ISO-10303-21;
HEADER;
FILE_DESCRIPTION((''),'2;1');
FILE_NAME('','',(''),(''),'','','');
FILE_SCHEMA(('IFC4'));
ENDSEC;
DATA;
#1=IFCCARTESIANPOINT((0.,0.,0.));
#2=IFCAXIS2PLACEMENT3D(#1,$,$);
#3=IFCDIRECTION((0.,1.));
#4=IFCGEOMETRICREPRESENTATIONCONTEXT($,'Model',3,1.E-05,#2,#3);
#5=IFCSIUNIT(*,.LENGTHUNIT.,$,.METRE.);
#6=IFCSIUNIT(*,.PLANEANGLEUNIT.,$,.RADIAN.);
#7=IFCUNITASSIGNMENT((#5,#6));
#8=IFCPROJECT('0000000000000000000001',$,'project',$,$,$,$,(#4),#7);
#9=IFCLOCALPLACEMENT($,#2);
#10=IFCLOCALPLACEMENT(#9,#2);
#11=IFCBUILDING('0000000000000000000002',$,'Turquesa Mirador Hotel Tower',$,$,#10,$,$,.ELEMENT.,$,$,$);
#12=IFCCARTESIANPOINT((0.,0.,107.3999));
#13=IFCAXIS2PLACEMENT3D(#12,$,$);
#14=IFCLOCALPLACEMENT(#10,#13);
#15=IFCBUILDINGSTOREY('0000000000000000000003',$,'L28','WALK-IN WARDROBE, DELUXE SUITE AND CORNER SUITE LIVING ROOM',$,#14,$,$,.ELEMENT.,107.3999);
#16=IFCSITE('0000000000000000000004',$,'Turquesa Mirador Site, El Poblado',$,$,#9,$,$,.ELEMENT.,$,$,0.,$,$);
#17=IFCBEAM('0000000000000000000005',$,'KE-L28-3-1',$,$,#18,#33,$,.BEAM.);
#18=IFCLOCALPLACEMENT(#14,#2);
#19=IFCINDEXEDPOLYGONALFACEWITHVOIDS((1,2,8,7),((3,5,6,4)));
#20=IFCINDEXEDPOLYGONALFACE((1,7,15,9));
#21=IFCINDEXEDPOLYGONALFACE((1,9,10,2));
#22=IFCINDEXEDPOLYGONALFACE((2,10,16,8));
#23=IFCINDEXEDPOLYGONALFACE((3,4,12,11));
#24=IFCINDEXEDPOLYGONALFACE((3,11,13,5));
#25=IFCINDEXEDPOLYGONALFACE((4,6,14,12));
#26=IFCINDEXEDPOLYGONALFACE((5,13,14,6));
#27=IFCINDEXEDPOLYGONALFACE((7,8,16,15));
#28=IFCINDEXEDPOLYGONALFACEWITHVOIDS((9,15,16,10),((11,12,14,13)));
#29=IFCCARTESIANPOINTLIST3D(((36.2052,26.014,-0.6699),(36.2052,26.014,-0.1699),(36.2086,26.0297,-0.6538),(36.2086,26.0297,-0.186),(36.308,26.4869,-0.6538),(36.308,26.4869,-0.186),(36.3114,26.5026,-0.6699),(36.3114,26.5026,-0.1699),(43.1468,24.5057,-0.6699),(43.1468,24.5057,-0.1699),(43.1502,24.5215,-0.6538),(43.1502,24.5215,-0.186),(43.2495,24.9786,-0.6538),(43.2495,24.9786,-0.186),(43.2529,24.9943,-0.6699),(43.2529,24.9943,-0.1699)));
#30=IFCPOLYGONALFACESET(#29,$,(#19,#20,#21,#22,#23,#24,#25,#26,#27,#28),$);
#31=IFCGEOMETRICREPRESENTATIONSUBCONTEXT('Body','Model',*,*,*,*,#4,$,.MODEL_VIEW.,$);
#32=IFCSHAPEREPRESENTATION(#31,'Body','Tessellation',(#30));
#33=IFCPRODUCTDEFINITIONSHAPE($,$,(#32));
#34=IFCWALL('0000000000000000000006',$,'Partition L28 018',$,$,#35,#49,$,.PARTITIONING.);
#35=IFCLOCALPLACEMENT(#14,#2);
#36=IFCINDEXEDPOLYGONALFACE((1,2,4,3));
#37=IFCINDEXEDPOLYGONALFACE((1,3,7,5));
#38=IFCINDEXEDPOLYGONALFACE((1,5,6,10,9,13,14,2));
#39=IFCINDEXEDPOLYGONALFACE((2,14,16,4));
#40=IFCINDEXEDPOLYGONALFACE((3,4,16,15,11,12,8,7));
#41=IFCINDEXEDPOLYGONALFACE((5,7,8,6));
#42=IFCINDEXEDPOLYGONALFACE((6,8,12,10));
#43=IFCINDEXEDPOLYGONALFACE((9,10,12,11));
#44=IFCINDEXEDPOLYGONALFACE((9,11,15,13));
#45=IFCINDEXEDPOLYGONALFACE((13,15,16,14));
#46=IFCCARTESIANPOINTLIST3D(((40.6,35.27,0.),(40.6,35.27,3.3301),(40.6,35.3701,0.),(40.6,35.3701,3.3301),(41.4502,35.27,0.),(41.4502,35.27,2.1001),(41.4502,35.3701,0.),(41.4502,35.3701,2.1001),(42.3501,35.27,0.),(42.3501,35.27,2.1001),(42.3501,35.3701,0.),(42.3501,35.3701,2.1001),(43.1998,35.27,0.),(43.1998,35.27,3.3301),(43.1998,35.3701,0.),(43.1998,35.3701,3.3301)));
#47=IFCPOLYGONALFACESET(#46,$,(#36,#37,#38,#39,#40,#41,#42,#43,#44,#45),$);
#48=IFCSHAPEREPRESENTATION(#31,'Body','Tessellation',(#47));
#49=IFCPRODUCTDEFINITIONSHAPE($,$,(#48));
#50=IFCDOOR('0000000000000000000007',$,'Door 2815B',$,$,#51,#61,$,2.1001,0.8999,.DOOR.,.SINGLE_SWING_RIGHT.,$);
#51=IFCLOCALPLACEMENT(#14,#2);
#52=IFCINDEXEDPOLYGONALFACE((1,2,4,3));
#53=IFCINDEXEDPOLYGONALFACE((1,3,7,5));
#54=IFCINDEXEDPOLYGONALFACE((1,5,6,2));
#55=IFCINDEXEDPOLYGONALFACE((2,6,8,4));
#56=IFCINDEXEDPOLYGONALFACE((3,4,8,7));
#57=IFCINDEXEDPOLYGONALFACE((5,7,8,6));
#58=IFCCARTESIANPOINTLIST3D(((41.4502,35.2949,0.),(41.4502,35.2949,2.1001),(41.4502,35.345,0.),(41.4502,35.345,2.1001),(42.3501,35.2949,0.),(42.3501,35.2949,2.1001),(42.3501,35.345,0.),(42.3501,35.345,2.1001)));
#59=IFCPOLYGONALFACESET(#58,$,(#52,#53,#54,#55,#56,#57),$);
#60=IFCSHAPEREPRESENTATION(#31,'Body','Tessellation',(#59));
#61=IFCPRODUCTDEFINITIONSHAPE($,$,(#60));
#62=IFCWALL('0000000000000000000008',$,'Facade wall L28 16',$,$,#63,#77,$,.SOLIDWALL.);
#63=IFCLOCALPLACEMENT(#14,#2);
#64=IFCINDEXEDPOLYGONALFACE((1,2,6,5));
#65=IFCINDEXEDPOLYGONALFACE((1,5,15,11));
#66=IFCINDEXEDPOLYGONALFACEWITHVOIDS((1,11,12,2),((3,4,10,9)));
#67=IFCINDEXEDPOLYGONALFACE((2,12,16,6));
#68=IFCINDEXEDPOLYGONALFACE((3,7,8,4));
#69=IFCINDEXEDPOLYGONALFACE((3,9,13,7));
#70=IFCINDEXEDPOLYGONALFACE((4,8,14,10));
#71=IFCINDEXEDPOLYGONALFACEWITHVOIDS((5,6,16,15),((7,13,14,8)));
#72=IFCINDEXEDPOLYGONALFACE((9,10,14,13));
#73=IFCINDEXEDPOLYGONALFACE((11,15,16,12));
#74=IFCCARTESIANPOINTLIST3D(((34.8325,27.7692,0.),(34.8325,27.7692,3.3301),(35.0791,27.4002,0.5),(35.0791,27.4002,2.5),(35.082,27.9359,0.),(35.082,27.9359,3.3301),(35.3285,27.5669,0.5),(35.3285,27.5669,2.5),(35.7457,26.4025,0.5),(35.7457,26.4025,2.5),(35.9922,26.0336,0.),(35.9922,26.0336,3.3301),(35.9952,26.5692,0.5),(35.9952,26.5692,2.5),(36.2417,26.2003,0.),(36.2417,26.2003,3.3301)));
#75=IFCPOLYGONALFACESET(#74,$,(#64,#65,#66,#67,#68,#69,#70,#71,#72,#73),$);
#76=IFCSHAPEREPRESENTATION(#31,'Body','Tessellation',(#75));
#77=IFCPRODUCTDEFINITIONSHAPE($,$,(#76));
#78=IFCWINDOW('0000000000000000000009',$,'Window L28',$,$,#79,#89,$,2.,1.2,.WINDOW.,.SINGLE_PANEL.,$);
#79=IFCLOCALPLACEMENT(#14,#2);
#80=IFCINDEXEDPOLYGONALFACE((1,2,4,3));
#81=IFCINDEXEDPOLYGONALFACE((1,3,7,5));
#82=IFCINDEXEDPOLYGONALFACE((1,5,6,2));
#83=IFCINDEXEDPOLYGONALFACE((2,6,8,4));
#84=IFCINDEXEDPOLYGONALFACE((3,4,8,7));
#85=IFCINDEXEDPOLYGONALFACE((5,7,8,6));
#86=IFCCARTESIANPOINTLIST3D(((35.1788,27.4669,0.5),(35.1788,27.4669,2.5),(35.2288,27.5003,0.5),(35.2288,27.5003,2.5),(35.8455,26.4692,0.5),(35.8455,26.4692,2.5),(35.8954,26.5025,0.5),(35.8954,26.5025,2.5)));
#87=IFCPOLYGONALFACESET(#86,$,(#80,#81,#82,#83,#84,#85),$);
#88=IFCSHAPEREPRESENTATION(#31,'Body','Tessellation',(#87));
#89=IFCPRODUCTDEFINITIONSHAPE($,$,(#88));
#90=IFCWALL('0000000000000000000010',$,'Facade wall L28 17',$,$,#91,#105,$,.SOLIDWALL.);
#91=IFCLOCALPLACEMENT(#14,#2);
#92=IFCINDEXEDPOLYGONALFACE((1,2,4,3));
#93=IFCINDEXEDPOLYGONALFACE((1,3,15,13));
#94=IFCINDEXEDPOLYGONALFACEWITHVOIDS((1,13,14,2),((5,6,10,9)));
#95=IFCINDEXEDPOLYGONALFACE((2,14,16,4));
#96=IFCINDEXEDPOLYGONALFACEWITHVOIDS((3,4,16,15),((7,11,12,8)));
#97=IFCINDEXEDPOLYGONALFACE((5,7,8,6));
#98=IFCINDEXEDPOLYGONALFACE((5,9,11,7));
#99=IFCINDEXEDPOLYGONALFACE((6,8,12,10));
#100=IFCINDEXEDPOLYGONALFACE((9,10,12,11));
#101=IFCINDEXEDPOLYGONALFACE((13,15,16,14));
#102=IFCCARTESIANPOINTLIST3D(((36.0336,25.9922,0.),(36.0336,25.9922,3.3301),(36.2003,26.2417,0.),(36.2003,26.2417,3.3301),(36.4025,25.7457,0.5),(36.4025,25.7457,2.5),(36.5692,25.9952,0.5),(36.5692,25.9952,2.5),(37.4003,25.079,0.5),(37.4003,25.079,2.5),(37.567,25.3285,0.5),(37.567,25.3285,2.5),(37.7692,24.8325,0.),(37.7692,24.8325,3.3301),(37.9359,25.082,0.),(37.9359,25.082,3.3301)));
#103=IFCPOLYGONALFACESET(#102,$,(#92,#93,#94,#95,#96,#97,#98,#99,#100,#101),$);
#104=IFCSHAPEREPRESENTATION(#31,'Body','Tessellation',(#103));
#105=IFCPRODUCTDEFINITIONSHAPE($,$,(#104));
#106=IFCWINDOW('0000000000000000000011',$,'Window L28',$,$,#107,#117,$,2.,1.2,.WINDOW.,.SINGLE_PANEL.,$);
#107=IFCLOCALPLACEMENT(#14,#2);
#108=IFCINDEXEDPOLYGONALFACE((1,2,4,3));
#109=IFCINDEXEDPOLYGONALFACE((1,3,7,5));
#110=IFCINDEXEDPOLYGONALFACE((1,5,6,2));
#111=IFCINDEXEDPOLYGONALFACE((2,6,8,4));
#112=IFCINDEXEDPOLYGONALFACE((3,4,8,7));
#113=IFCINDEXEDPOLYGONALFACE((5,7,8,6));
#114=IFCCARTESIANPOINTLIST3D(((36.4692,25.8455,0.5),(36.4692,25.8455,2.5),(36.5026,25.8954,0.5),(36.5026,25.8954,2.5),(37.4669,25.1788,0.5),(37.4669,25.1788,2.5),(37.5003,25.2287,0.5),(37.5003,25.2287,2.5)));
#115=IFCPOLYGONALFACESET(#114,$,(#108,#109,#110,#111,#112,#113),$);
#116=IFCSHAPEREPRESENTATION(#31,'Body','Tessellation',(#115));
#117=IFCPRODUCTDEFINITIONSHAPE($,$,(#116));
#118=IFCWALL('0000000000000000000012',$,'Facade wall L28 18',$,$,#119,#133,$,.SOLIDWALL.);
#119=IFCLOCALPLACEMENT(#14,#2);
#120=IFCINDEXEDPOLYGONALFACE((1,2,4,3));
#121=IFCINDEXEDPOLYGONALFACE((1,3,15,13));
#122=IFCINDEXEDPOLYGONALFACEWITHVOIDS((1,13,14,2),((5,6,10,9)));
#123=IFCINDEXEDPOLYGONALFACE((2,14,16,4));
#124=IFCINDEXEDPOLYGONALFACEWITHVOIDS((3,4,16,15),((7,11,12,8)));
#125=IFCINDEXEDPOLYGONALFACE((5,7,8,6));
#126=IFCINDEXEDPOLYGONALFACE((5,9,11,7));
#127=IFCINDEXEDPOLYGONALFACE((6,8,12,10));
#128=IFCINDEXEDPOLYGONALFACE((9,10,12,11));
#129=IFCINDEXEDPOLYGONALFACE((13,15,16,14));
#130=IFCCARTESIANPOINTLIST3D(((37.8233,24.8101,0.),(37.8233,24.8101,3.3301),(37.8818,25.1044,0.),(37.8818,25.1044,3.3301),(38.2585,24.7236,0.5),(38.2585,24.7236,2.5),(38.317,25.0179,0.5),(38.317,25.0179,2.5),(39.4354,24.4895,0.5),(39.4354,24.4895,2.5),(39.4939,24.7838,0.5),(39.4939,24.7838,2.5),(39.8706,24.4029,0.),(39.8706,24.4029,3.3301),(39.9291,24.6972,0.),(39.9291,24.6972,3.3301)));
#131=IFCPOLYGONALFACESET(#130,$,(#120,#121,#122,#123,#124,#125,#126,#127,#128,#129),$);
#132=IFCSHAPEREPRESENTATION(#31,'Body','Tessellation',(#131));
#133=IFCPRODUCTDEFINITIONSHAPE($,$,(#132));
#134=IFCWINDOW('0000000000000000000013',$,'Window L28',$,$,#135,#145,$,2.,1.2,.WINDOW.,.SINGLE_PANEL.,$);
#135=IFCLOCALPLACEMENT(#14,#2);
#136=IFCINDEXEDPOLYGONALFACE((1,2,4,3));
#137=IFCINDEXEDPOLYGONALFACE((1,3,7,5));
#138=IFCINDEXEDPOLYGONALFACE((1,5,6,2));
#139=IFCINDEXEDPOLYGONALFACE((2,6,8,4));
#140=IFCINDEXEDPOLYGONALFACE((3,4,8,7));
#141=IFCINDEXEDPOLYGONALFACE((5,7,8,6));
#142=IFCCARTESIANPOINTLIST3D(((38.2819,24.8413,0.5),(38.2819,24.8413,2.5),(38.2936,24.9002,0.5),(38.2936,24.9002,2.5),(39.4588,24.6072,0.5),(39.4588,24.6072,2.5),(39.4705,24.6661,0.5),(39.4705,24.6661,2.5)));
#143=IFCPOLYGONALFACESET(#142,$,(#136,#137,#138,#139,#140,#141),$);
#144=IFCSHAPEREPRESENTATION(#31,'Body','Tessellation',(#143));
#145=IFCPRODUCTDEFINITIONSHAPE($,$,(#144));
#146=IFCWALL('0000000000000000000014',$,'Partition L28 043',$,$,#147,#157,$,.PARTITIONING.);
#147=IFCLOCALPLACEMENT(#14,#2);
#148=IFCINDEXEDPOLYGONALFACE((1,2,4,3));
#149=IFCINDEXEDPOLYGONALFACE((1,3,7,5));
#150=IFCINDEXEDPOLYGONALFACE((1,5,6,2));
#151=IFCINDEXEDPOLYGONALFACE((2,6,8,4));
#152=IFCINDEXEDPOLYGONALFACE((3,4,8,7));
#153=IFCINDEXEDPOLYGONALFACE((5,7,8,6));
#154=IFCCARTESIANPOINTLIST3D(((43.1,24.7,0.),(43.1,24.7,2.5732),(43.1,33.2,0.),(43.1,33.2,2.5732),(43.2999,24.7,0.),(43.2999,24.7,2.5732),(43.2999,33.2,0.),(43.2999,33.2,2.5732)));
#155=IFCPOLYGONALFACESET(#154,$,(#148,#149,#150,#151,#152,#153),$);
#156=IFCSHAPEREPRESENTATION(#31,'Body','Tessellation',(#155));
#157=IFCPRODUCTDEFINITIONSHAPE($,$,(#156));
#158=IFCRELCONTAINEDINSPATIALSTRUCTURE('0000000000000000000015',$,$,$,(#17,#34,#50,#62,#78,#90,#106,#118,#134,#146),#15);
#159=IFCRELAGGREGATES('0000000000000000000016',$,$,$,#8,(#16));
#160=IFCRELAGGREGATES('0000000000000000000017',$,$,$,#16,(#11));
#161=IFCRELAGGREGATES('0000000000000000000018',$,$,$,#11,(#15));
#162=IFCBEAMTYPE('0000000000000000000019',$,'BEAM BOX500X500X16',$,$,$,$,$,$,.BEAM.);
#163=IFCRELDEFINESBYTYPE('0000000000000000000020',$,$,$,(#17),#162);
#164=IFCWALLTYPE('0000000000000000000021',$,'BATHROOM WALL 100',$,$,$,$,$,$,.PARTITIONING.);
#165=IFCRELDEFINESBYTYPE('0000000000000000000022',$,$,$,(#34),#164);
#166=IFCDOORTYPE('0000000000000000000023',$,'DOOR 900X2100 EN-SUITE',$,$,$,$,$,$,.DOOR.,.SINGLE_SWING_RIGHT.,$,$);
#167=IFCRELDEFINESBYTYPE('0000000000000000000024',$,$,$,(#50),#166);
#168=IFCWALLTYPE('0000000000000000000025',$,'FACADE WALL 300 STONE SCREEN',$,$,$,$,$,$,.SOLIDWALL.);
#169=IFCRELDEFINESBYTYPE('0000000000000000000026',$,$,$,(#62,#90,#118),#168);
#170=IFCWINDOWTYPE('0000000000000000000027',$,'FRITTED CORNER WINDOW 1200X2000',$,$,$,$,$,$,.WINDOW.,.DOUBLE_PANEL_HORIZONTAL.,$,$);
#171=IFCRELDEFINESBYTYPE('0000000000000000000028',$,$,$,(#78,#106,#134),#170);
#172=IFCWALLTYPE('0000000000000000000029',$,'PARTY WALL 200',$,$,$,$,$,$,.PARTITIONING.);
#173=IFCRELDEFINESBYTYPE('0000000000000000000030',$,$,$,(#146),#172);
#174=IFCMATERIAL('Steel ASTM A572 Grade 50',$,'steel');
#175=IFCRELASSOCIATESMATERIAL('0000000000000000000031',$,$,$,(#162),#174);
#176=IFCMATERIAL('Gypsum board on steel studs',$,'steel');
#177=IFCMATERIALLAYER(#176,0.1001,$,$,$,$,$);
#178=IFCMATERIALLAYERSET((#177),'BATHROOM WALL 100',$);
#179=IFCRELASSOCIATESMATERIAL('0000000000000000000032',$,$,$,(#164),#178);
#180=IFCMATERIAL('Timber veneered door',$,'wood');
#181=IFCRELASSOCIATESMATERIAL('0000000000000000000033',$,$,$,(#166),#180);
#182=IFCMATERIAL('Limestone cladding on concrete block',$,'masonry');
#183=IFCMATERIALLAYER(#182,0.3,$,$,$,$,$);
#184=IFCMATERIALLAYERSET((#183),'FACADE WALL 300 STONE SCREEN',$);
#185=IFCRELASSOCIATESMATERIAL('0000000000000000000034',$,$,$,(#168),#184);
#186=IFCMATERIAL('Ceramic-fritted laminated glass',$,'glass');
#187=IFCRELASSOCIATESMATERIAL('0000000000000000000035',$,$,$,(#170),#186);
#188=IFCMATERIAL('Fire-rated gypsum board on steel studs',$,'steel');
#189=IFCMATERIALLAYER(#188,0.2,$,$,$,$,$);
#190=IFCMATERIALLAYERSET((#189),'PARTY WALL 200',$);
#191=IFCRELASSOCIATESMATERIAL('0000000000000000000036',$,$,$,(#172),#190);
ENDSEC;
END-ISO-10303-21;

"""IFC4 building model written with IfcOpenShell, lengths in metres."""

from ifc_helpers import new_model, si_unit, direction, frame, frame_2d, origin, origin_2d, place, context, subcontext, project, spatial, rectangle, hollow_rectangle, extrude, material, layer, layer_set, material_profile, profile_set, type_object, element, fill, save


model = new_model("IFC4")

# Units and contexts
model_context = context("Model", 3, precision=1e-05, world=origin(), true_north=direction((0.0, 1.0)))
body_context = subcontext(model_context, "Body", "Model", "MODEL_VIEW")
ifc_project = project(units=[si_unit("LENGTHUNIT", "METRE"), si_unit("PLANEANGLEUNIT", "RADIAN")], contexts=[model_context])

# Site, building, storey
site_placement = place(None, origin())
site = spatial("IfcSite", under=ifc_project, at=site_placement, Name="Turquesa Mirador Site, El Poblado", CompositionType="ELEMENT", RefElevation=0.0)
building_placement = place(site_placement, origin())
building = spatial("IfcBuilding", under=site, at=building_placement, Name="Turquesa Mirador Hotel Tower", CompositionType="ELEMENT")
storey_placement = place(building_placement, frame((0.0, 0.0, 107.3999)))
storey = spatial("IfcBuildingStorey", under=building, at=storey_placement, Name="L28", Description="WALK-IN WARDROBE, DELUXE SUITE AND CORNER SUITE LIVING ROOM", CompositionType="ELEMENT", Elevation=107.3999)

# Beam
ifc_material_1 = material(Name="Steel ASTM A572 Grade 50", Category="steel")
ifc_material_profile = material_profile(ifc_material_1, hollow_rectangle(XDim=0.5, YDim=0.5, WallThickness=0.0161, at=origin_2d()), Name="BOX500X500X16")
ifc_profile_set = profile_set([ifc_material_profile], Name="Steel ASTM A572 Grade 50")
beam_type = type_object("IfcBeamType", Name="BEAM BOX500X500X16", PredefinedType="BEAM", material=ifc_profile_set)
beam_placement = place(storey_placement, frame((36.2583, 26.2583, -0.4199), z_axis=(0.977198, -0.212328, 0.0), x_axis=(0.212328, 0.977198, 0.0)))
element("IfcBeam", 1, at=beam_placement, inside=storey, type_object=beam_type, Name="KE-L28-3-1", PredefinedType="BEAM", context=body_context, shape_type="SweptSolid", body=[
    extrude(hollow_rectangle(XDim=0.5, YDim=0.5, WallThickness=0.0161, at=origin_2d()), origin(), (0.0, 0.0, 1.0), 7.1035),
])

# Wall, opening, door
ifc_material_2 = material(Name="Gypsum board on steel studs", Category="steel")
ifc_layer_1 = layer(ifc_material_2, 0.1001)
ifc_layer_set_1 = layer_set([ifc_layer_1], Name="BATHROOM WALL 100")
wall_type_1 = type_object("IfcWallType", Name="BATHROOM WALL 100", PredefinedType="PARTITIONING", material=ifc_layer_set_1)
wall_1_placement = place(storey_placement, frame((40.6001, 35.3201, 0.0), z_axis=(0.0, 0.0, 1.0), x_axis=(1.0, 0.0, 0.0)))
wall_1 = element("IfcWall", 2, at=wall_1_placement, inside=storey, type_object=wall_type_1, Name="Partition L28 018", PredefinedType="PARTITIONING", context=body_context, shape_type="SweptSolid", body=[
    extrude(rectangle(XDim=2.5999, YDim=0.1001, at=frame_2d((1.2998, 0.0))), origin(), (0.0, 0.0, 1.0), 3.3301),
])
opening_1_placement = place(wall_1_placement, frame((0.8501, 0.0, 0.0)))
opening_1 = element("IfcOpeningElement", 3, at=opening_1_placement, cuts=wall_1, PredefinedType="OPENING", context=body_context, shape_type="SweptSolid", body=[
    extrude(rectangle(XDim=0.8999, YDim=2.1001, at=frame_2d((0.45, 1.05))), frame((0.0, 0.0601, 0.0), z_axis=(0.0, -1.0, 0.0), x_axis=(1.0, 0.0, 0.0)), (0.0, 0.0, 1.0), 0.1201),
])
ifc_material_3 = material(Name="Timber veneered door", Category="wood")
door_type_1 = type_object("IfcDoorType", Name="DOOR 900X2100 EN-SUITE", OperationType="SINGLE_SWING_RIGHT", PredefinedType="DOOR", material=ifc_material_3)
door_1_placement = place(opening_1_placement, origin())
door_1 = element("IfcDoor", 4, at=door_1_placement, inside=storey, type_object=door_type_1, Name="Door 2815B", OperationType="SINGLE_SWING_RIGHT", OverallHeight=2.1001, OverallWidth=0.8999, PredefinedType="DOOR", context=body_context, shape_type="SweptSolid", body=[
    extrude(rectangle(XDim=0.8999, YDim=2.1001, at=frame_2d((0.45, 1.05))), frame((0.0, 0.0249, 0.0), z_axis=(0.0, -1.0, 0.0), x_axis=(1.0, 0.0, 0.0)), (0.0, 0.0, 1.0), 0.05),
])
fill(opening_1, door_1)

# Walls, openings, windows
ifc_material_4 = material(Name="Limestone cladding on concrete block", Category="masonry")
ifc_layer_2 = layer(ifc_material_4, 0.3)
ifc_layer_set_2 = layer_set([ifc_layer_2], Name="FACADE WALL 300 STONE SCREEN")
wall_type_2 = type_object("IfcWallType", Name="FACADE WALL 300 STONE SCREEN", PredefinedType="SOLIDWALL", material=ifc_layer_set_2)
wall_2_placement = place(storey_placement, frame((34.9573, 27.8525, 0.0), z_axis=(0.0, 0.0, 1.0), x_axis=(0.555564, -0.831474, 0.0)))
wall_2 = element("IfcWall", 5, at=wall_2_placement, inside=storey, type_object=wall_type_2, Name="Facade wall L28 16", PredefinedType="SOLIDWALL", context=body_context, shape_type="SweptSolid", body=[
    extrude(rectangle(XDim=2.0874, YDim=0.3, at=frame_2d((1.0437, 0.0))), origin(), (0.0, 0.0, 1.0), 3.3301),
])
opening_2_placement = place(wall_2_placement, frame((0.4436, 0.0, 0.5)))
opening_2 = element("IfcOpeningElement", 6, at=opening_2_placement, cuts=wall_2, PredefinedType="OPENING", context=body_context, shape_type="SweptSolid", body=[
    extrude(rectangle(XDim=1.2, YDim=2.0, at=frame_2d((0.6001, 1.0))), frame((0.0, 0.1599, 0.0), z_axis=(0.0, -1.0, 0.0), x_axis=(1.0, 0.0, 0.0)), (0.0, 0.0, 1.0), 0.3201),
])
ifc_material_5 = material(Name="Ceramic-fritted laminated glass", Category="glass")
window_type_1 = type_object("IfcWindowType", Name="FRITTED CORNER WINDOW 1200X2000", PartitioningType="DOUBLE_PANEL_HORIZONTAL", PredefinedType="WINDOW", material=ifc_material_5)
window_1_placement = place(opening_2_placement, origin())
window_1 = element("IfcWindow", 7, at=window_1_placement, inside=storey, type_object=window_type_1, Name="Window L28", OverallHeight=2.0, OverallWidth=1.2, PartitioningType="SINGLE_PANEL", PredefinedType="WINDOW", context=body_context, shape_type="SweptSolid", body=[
    extrude(rectangle(XDim=1.2, YDim=2.0, at=frame_2d((0.6001, 1.0))), frame((0.0, 0.03, 0.0), z_axis=(0.0, -1.0, 0.0), x_axis=(1.0, 0.0, 0.0)), (0.0, 0.0, 1.0), 0.0601),
])
fill(opening_2, window_1)
wall_3_placement = place(storey_placement, frame((36.1169, 26.1169, 0.0), z_axis=(0.0, 0.0, 1.0), x_axis=(0.831474, -0.555564, 0.0)))
wall_3 = element("IfcWall", 8, at=wall_3_placement, inside=storey, type_object=wall_type_2, Name="Facade wall L28 17", PredefinedType="SOLIDWALL", context=body_context, shape_type="SweptSolid", body=[
    extrude(rectangle(XDim=2.0874, YDim=0.3, at=frame_2d((1.0437, 0.0))), origin(), (0.0, 0.0, 1.0), 3.3301),
])
opening_3_placement = place(wall_3_placement, frame((0.4436, 0.0, 0.5)))
opening_3 = element("IfcOpeningElement", 9, at=opening_3_placement, cuts=wall_3, PredefinedType="OPENING", context=body_context, shape_type="SweptSolid", body=[
    extrude(rectangle(XDim=1.2, YDim=2.0, at=frame_2d((0.6001, 1.0))), frame((0.0, 0.1599, 0.0), z_axis=(0.0, -1.0, 0.0), x_axis=(1.0, 0.0, 0.0)), (0.0, 0.0, 1.0), 0.3201),
])
window_2_placement = place(opening_3_placement, origin())
window_2 = element("IfcWindow", 10, at=window_2_placement, inside=storey, type_object=window_type_1, Name="Window L28", OverallHeight=2.0, OverallWidth=1.2, PartitioningType="SINGLE_PANEL", PredefinedType="WINDOW", context=body_context, shape_type="SweptSolid", body=[
    extrude(rectangle(XDim=1.2, YDim=2.0, at=frame_2d((0.6001, 1.0))), frame((0.0, 0.03, 0.0), z_axis=(0.0, -1.0, 0.0), x_axis=(1.0, 0.0, 0.0)), (0.0, 0.0, 1.0), 0.0601),
])
fill(opening_3, window_2)
wall_4_placement = place(storey_placement, frame((37.8525, 24.9573, 0.0), z_axis=(0.0, 0.0, 1.0), x_axis=(0.980787, -0.195081, 0.0)))
wall_4 = element("IfcWall", 11, at=wall_4_placement, inside=storey, type_object=wall_type_2, Name="Facade wall L28 18", PredefinedType="SOLIDWALL", context=body_context, shape_type="SweptSolid", body=[
    extrude(rectangle(XDim=2.0874, YDim=0.3, at=frame_2d((1.0437, 0.0))), origin(), (0.0, 0.0, 1.0), 3.3301),
])
opening_4_placement = place(wall_4_placement, frame((0.4436, 0.0, 0.5)))
opening_4 = element("IfcOpeningElement", 12, at=opening_4_placement, cuts=wall_4, PredefinedType="OPENING", context=body_context, shape_type="SweptSolid", body=[
    extrude(rectangle(XDim=1.2, YDim=2.0, at=frame_2d((0.6001, 1.0))), frame((0.0, 0.1599, 0.0), z_axis=(0.0, -1.0, 0.0), x_axis=(1.0, 0.0, 0.0)), (0.0, 0.0, 1.0), 0.3201),
])
window_3_placement = place(opening_4_placement, origin())
window_3 = element("IfcWindow", 13, at=window_3_placement, inside=storey, type_object=window_type_1, Name="Window L28", OverallHeight=2.0, OverallWidth=1.2, PartitioningType="SINGLE_PANEL", PredefinedType="WINDOW", context=body_context, shape_type="SweptSolid", body=[
    extrude(rectangle(XDim=1.2, YDim=2.0, at=frame_2d((0.6001, 1.0))), frame((0.0, 0.03, 0.0), z_axis=(0.0, -1.0, 0.0), x_axis=(1.0, 0.0, 0.0)), (0.0, 0.0, 1.0), 0.0601),
])
fill(opening_4, window_3)

# Wall
ifc_material_6 = material(Name="Fire-rated gypsum board on steel studs", Category="steel")
ifc_layer_3 = layer(ifc_material_6, 0.2)
ifc_layer_set_3 = layer_set([ifc_layer_3], Name="PARTY WALL 200")
wall_type_3 = type_object("IfcWallType", Name="PARTY WALL 200", PredefinedType="PARTITIONING", material=ifc_layer_set_3)
wall_5_placement = place(storey_placement, frame((43.2, 24.7, 0.0), z_axis=(0.0, 0.0, 1.0), x_axis=(0.0, 1.0, 0.0)))
element("IfcWall", 14, at=wall_5_placement, inside=storey, type_object=wall_type_3, Name="Partition L28 043", PredefinedType="PARTITIONING", context=body_context, shape_type="SweptSolid", body=[
    extrude(rectangle(XDim=8.5, YDim=0.2, at=frame_2d((4.25, 0.0))), origin(), (0.0, 0.0, 1.0), 2.5732),
])

save(model, "model.ifc")
